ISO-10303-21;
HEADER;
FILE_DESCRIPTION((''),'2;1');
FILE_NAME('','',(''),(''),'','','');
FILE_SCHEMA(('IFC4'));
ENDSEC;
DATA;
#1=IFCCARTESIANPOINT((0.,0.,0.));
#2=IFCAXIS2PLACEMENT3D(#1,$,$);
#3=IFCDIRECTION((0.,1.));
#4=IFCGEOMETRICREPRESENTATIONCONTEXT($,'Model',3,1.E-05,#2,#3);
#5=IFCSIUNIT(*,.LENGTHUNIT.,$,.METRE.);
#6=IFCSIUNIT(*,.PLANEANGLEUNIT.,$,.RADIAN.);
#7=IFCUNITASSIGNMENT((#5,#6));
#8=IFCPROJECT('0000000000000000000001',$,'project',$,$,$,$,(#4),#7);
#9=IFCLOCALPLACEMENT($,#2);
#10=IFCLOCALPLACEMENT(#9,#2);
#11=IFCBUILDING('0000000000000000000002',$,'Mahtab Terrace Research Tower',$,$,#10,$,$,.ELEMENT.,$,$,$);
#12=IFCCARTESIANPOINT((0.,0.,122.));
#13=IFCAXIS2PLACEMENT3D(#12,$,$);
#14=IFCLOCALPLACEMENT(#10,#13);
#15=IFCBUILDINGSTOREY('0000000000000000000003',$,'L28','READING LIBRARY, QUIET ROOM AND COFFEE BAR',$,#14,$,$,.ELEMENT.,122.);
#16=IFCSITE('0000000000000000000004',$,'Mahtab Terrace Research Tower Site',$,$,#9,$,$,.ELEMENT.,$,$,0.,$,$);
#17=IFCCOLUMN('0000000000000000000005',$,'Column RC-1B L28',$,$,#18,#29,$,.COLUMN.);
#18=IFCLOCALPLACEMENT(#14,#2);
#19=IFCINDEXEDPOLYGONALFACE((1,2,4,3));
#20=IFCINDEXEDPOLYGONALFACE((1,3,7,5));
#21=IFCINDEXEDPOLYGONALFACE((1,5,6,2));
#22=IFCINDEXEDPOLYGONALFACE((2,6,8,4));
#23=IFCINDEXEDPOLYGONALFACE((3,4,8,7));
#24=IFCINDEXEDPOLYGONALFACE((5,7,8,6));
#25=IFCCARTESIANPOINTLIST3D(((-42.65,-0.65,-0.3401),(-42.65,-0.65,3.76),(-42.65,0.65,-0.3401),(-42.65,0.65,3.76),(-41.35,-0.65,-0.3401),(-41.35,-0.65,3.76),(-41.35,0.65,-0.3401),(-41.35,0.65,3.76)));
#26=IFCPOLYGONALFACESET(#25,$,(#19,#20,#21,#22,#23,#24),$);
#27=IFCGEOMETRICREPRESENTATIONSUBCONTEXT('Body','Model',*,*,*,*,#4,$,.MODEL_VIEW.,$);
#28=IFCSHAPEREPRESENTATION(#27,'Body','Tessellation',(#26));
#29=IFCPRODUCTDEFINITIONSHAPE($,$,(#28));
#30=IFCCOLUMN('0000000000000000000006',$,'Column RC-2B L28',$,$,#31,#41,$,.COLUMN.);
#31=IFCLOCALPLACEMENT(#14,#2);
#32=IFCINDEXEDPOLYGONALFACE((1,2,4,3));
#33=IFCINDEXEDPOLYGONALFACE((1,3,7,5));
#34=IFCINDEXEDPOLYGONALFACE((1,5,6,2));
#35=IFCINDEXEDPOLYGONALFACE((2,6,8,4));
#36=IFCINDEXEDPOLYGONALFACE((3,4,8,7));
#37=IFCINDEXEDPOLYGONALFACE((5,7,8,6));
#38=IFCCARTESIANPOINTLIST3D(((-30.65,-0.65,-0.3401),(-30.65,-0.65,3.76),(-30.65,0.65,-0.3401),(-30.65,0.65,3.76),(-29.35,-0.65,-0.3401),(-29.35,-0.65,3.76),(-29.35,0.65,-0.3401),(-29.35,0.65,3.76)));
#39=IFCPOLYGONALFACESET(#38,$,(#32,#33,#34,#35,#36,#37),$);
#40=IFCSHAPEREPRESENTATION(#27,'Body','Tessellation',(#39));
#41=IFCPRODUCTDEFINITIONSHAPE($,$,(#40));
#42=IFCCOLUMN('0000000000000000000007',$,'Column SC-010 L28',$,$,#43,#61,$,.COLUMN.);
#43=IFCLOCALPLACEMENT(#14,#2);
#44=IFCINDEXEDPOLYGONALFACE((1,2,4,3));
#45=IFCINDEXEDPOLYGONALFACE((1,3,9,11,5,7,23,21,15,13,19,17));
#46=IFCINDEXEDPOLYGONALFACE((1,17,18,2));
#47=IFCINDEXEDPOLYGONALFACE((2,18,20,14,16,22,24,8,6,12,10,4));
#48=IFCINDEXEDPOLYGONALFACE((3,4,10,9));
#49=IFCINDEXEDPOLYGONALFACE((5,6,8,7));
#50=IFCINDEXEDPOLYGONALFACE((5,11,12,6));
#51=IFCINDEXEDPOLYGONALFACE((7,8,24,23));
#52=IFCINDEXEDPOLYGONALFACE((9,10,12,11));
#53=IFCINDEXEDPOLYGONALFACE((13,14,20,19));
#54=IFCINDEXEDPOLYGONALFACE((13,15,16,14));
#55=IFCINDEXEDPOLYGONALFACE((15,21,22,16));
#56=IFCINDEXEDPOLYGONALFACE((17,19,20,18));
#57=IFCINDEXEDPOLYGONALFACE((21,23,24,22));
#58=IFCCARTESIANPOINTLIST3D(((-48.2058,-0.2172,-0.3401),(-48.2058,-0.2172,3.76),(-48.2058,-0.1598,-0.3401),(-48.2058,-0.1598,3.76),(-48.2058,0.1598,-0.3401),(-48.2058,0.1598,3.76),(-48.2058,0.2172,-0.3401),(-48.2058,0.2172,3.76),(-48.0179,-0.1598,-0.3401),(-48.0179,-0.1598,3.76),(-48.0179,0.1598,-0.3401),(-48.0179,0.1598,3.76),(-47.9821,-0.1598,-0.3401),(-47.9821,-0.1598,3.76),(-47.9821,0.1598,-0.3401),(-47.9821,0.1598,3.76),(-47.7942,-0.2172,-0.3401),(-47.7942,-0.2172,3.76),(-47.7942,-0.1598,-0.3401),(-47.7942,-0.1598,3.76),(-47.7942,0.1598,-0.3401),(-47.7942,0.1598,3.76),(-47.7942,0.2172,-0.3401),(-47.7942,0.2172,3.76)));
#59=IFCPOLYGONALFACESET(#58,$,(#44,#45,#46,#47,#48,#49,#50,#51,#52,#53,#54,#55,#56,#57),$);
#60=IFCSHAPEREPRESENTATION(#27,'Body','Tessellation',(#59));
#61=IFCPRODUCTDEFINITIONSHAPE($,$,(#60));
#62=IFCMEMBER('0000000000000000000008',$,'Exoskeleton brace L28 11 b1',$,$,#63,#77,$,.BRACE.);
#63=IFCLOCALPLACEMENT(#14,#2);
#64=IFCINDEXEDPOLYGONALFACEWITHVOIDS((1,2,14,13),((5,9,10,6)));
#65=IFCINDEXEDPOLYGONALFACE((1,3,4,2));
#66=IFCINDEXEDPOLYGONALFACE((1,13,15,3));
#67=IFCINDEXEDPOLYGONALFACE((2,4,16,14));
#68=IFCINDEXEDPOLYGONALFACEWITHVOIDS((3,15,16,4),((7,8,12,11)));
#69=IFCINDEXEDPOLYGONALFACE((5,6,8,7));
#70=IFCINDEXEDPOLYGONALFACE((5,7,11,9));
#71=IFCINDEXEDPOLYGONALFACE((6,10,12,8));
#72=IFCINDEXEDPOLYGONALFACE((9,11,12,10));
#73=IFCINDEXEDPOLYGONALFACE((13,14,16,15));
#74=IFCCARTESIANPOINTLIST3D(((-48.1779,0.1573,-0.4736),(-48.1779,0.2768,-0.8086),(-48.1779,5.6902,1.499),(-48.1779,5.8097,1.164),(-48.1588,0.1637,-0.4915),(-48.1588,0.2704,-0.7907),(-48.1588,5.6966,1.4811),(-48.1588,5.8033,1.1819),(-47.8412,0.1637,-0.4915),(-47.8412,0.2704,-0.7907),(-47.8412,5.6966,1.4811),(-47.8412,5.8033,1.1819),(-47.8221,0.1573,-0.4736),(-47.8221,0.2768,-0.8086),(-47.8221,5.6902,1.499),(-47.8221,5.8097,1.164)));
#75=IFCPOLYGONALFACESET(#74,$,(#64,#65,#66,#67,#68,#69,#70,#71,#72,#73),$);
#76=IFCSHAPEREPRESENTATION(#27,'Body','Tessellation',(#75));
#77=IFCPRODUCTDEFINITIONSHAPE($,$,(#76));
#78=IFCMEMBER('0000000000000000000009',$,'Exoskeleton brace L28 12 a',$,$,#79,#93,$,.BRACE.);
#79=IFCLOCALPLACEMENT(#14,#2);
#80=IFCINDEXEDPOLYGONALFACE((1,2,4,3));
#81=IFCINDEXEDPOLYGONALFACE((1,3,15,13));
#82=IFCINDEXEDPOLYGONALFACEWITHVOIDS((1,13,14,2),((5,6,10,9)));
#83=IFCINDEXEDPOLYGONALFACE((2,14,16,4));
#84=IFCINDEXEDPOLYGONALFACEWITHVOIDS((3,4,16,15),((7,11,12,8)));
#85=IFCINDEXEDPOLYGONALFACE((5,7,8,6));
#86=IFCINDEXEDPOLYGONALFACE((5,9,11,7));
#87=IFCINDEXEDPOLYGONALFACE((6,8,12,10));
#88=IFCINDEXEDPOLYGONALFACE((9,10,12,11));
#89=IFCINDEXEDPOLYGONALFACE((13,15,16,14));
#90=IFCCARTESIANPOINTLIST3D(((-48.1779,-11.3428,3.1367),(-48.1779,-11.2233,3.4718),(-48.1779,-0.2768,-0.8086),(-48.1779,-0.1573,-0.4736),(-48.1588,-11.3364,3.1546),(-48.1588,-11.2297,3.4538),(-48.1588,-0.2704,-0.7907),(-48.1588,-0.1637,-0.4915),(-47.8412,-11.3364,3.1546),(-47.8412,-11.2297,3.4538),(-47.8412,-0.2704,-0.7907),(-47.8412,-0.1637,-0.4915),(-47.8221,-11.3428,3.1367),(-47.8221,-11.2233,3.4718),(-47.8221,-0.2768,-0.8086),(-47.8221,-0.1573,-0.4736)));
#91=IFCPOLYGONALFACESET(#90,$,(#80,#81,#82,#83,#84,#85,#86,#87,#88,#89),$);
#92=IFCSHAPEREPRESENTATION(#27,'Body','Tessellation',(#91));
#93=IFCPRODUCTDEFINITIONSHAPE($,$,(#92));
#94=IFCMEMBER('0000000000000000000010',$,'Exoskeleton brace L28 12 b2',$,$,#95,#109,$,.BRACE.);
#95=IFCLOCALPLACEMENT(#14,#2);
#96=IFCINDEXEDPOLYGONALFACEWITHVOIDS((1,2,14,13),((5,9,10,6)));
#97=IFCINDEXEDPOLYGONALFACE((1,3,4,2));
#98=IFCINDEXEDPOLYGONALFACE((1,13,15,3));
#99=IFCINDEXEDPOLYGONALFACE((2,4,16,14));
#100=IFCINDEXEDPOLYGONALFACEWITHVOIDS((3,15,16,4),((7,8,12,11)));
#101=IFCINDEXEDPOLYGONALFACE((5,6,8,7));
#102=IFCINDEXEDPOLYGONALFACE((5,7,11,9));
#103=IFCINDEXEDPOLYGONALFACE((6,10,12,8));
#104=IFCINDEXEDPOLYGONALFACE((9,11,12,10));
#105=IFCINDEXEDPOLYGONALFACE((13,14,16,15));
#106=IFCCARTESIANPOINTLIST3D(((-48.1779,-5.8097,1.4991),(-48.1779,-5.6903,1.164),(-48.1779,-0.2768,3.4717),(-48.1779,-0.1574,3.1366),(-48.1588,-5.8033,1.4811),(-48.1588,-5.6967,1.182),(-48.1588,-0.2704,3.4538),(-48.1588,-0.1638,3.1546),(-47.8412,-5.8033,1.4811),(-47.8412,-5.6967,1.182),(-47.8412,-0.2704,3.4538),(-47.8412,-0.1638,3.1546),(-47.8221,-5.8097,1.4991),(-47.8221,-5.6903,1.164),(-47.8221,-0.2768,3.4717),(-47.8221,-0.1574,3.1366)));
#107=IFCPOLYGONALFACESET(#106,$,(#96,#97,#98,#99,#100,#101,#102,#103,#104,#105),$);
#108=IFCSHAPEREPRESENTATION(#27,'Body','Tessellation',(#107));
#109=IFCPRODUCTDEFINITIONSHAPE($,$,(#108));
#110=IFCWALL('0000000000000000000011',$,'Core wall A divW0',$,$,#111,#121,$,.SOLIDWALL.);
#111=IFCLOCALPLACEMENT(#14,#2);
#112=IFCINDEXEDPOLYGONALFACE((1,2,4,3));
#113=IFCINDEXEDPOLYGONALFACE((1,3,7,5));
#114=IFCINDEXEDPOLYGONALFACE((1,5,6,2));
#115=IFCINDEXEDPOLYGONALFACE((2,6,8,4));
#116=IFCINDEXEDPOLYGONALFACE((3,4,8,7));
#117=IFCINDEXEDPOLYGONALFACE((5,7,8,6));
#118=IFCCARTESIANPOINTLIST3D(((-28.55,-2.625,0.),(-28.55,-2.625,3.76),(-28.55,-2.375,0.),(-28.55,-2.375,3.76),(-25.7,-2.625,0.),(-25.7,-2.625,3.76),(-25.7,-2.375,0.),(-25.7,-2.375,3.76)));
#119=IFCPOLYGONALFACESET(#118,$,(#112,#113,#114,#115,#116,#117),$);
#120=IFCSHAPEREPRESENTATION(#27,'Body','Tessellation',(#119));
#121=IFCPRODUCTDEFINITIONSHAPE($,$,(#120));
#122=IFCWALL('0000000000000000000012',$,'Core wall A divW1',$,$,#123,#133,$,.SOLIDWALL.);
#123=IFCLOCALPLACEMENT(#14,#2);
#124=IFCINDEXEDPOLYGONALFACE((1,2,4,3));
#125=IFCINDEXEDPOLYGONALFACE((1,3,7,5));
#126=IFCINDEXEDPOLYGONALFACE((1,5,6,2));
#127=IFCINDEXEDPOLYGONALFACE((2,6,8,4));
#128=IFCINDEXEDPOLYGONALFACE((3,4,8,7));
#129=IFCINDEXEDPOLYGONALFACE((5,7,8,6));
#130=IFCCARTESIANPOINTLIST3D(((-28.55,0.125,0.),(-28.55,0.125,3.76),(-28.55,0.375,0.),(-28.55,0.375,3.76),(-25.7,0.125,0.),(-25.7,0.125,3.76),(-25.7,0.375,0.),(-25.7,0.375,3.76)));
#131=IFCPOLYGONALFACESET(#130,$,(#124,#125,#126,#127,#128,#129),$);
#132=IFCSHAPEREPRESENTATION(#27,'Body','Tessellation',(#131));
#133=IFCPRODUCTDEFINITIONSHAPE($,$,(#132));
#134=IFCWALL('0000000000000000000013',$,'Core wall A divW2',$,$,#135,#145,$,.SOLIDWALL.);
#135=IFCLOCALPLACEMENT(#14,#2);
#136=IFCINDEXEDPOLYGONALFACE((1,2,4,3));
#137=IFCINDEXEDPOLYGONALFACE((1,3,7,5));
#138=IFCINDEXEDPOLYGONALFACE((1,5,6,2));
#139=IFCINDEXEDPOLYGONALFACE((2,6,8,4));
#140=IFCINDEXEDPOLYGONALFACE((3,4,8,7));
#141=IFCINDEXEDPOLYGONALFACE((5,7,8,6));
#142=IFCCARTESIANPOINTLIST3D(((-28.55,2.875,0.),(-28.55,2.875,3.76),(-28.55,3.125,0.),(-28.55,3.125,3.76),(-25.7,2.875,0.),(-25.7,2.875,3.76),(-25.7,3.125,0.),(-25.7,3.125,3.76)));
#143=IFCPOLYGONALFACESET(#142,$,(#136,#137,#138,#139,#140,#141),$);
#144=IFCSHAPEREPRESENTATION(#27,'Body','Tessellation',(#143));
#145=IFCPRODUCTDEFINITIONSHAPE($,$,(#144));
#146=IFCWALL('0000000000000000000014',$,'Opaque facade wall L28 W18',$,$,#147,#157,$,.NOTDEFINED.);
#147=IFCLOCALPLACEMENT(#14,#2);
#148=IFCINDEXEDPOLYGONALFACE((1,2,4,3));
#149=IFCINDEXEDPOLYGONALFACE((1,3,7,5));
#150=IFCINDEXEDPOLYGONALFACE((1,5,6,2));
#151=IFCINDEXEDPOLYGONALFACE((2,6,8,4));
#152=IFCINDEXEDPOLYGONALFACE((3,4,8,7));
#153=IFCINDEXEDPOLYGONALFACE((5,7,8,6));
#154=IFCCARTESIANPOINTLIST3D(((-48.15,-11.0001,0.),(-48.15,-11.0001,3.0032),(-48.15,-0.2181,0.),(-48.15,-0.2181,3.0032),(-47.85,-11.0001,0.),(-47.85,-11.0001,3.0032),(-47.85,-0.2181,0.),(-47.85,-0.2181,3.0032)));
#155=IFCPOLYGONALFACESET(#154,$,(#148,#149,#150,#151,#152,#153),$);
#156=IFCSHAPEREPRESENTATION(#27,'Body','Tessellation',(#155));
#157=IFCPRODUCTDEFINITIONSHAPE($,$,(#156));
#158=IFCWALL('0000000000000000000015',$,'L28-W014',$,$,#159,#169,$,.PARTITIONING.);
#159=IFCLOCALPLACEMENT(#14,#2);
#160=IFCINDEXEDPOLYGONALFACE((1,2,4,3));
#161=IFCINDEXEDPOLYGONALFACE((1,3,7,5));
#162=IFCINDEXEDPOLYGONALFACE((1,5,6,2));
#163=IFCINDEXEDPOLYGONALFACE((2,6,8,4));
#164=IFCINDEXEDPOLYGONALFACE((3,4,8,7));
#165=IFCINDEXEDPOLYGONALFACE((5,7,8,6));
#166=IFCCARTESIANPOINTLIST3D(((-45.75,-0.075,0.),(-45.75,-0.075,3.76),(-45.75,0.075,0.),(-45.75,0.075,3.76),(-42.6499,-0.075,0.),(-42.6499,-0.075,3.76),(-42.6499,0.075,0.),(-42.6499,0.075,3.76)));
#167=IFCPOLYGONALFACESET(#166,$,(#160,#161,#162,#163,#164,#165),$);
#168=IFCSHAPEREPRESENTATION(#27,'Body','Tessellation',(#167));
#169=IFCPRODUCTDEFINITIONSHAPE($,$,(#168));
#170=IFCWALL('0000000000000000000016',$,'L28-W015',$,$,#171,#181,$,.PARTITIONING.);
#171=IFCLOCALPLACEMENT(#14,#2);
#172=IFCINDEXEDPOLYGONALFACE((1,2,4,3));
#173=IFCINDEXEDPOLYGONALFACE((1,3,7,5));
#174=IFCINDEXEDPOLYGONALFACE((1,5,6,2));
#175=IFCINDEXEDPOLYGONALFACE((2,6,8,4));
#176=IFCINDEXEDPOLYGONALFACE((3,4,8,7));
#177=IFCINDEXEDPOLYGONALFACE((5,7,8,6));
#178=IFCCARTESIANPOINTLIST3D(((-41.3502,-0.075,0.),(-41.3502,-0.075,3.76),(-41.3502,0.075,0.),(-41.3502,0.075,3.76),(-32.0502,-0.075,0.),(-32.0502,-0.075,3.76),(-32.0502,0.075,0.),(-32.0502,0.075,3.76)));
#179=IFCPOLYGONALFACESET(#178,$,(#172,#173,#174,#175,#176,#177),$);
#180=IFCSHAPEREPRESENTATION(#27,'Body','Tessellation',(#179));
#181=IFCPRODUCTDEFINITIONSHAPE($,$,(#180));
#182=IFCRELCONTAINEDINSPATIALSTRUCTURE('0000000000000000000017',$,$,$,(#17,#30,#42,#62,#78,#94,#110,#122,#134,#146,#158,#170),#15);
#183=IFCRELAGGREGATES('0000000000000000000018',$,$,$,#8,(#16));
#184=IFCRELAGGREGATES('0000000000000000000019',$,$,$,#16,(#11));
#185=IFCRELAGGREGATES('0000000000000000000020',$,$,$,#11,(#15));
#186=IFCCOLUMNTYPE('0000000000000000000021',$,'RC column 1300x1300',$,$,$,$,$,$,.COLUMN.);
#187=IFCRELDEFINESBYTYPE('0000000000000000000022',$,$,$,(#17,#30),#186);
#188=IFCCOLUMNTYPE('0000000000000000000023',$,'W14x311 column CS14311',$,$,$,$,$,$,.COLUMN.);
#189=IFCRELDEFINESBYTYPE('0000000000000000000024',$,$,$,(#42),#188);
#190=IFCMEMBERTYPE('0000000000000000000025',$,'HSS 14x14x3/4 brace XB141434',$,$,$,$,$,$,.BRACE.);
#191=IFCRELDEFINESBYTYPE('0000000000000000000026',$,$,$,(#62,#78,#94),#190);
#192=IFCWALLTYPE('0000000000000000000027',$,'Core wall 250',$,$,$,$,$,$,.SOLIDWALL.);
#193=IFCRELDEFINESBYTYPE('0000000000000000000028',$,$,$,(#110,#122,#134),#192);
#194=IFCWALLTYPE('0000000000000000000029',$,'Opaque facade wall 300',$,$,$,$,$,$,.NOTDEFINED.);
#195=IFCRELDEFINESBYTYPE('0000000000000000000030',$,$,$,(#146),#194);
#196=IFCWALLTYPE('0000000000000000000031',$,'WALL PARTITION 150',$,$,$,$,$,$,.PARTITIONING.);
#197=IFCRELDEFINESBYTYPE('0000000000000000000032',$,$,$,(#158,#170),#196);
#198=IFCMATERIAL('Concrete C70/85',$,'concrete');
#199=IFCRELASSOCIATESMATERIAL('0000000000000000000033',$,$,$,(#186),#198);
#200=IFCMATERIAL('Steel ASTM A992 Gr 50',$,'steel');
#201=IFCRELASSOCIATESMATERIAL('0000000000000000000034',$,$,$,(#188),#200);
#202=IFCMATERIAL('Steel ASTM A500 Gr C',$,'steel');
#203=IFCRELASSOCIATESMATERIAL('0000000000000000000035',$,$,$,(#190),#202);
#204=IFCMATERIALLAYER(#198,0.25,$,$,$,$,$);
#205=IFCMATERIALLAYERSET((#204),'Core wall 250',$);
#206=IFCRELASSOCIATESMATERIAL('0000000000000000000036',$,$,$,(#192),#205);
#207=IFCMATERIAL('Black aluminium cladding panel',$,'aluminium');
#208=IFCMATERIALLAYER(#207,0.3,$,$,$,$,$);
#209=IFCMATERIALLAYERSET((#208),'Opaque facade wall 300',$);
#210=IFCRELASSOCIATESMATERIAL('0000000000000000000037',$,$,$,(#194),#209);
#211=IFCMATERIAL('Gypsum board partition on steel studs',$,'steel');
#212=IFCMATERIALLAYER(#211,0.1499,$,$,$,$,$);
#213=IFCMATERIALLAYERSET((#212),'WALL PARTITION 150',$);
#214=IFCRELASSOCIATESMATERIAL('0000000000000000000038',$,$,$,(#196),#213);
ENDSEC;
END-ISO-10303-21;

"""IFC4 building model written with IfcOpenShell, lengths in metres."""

from ifc_helpers import new_model, si_unit, direction, frame, frame_2d, origin, origin_2d, place, context, subcontext, project, spatial, rectangle, hollow_rectangle, i_section, extrude, material, layer, layer_set, material_profile, profile_set, type_object, element, save


model = new_model("IFC4")

# Units and contexts
model_context = context("Model", 3, precision=1e-05, world=origin(), true_north=direction((0.0, 1.0)))
body_context = subcontext(model_context, "Body", "Model", "MODEL_VIEW")
ifc_project = project(units=[si_unit("LENGTHUNIT", "METRE"), si_unit("PLANEANGLEUNIT", "RADIAN")], contexts=[model_context])

# Site, building, storey
site_placement = place(None, origin())
site = spatial("IfcSite", under=ifc_project, at=site_placement, Name="Mahtab Terrace Research Tower Site", CompositionType="ELEMENT", RefElevation=0.0)
building_placement = place(site_placement, origin())
building = spatial("IfcBuilding", under=site, at=building_placement, Name="Mahtab Terrace Research Tower", CompositionType="ELEMENT")
storey_placement = place(building_placement, frame((0.0, 0.0, 122.0)))
storey = spatial("IfcBuildingStorey", under=building, at=storey_placement, Name="L28", Description="READING LIBRARY, QUIET ROOM AND COFFEE BAR", CompositionType="ELEMENT", Elevation=122.0)

# Columns
ifc_material_1 = material(Name="Concrete C70/85", Category="concrete")
ifc_material_profile_1 = material_profile(ifc_material_1, rectangle(XDim=1.3, YDim=1.3, at=origin_2d()), Name="RC column 1300x1300")
ifc_profile_set_1 = profile_set([ifc_material_profile_1], Name="Concrete C70/85")
column_type_1 = type_object("IfcColumnType", Name="RC column 1300x1300", PredefinedType="COLUMN", material=ifc_profile_set_1)
for number, where, z_axis, x_axis, name in (
    (1, (-42.0, 0.0, -0.3401), (0.0, 0.0, 1.0), (1.0, 0.0, 0.0), "Column RC-1B L28"),
    (2, (-30.0, 0.0, -0.3401), (0.0, 0.0, 1.0), (1.0, 0.0, 0.0), "Column RC-2B L28"),
):
    element("IfcColumn", number, at=place(storey_placement, frame(where, z_axis=z_axis, x_axis=x_axis)), inside=storey, type_object=column_type_1, Name=name, PredefinedType="COLUMN", context=body_context, shape_type="SweptSolid", body=[
        extrude(rectangle(XDim=1.3, YDim=1.3, at=origin_2d()), origin(), (0.0, 0.0, 1.0), 4.1001),
    ])
ifc_material_2 = material(Name="Steel ASTM A992 Gr 50", Category="steel")
ifc_material_profile_2 = material_profile(ifc_material_2, i_section(OverallWidth=0.4116, OverallDepth=0.4343, WebThickness=0.0359, FlangeThickness=0.0574, at=origin_2d()), Name="W14X311")
ifc_profile_set_2 = profile_set([ifc_material_profile_2], Name="Steel ASTM A992 Gr 50")
column_type_2 = type_object("IfcColumnType", Name="W14x311 column CS14311", PredefinedType="COLUMN", material=ifc_profile_set_2)
column_placement = place(storey_placement, frame((-48.0, 0.0, -0.3401), z_axis=(0.0, 0.0, 1.0), x_axis=(1.0, 0.0, 0.0)))
element("IfcColumn", 3, at=column_placement, inside=storey, type_object=column_type_2, Name="Column SC-010 L28", PredefinedType="COLUMN", context=body_context, shape_type="SweptSolid", body=[
    extrude(i_section(OverallWidth=0.4116, OverallDepth=0.4343, WebThickness=0.0359, FlangeThickness=0.0574, at=origin_2d()), origin(), (0.0, 0.0, 1.0), 4.1001),
])

# Members
ifc_material_3 = material(Name="Steel ASTM A500 Gr C", Category="steel")
ifc_material_profile_3 = material_profile(ifc_material_3, hollow_rectangle(XDim=0.3557, YDim=0.3557, WallThickness=0.019, at=origin_2d()), Name="HSS14X14X3/4")
ifc_profile_set_3 = profile_set([ifc_material_profile_3], Name="Steel ASTM A500 Gr C")
member_type = type_object("IfcMemberType", Name="HSS 14x14x3/4 brace XB141434", PredefinedType="BRACE", material=ifc_profile_set_3)
member_1_placement = place(storey_placement, frame((-48.0, 0.217, -0.6411), z_axis=(0.0, 0.941925, 0.335823), x_axis=(-1.0, 0.0, 0.0)))
element("IfcMember", 4, at=member_1_placement, inside=storey, type_object=member_type, Name="Exoskeleton brace L28 11 b1", PredefinedType="BRACE", context=body_context, shape_type="SweptSolid", body=[
    extrude(hollow_rectangle(XDim=0.3557, YDim=0.3557, WallThickness=0.019, at=origin_2d()), origin(), (0.0, 0.0, 1.0), 5.874),
])
member_2_placement = place(storey_placement, frame((-48.0, -0.217, -0.6411), z_axis=(0.0, -0.941925, 0.335823), x_axis=(1.0, 0.0, 0.0)))
element("IfcMember", 5, at=member_2_placement, inside=storey, type_object=member_type, Name="Exoskeleton brace L28 12 a", PredefinedType="BRACE", context=body_context, shape_type="SweptSolid", body=[
    extrude(hollow_rectangle(XDim=0.3557, YDim=0.3557, WallThickness=0.019, at=origin_2d()), origin(), (0.0, 0.0, 1.0), 11.7483),
])
member_3_placement = place(storey_placement, frame((-48.0, -5.75, 1.3315), z_axis=(0.0, 0.941925, 0.335823), x_axis=(-1.0, 0.0, 0.0)))
element("IfcMember", 6, at=member_3_placement, inside=storey, type_object=member_type, Name="Exoskeleton brace L28 12 b2", PredefinedType="BRACE", context=body_context, shape_type="SweptSolid", body=[
    extrude(hollow_rectangle(XDim=0.3557, YDim=0.3557, WallThickness=0.019, at=origin_2d()), origin(), (0.0, 0.0, 1.0), 5.874),
])

# Walls
ifc_layer_1 = layer(ifc_material_1, 0.25)
ifc_layer_set_1 = layer_set([ifc_layer_1], Name="Core wall 250")
wall_type_1 = type_object("IfcWallType", Name="Core wall 250", PredefinedType="SOLIDWALL", material=ifc_layer_set_1)
for number, where, z_axis, x_axis, name in (
    (7, (-28.55, -2.5, 0.0), (0.0, 0.0, 1.0), (1.0, 0.0, 0.0), "Core wall A divW0"),
    (8, (-28.55, 0.25, 0.0), (0.0, 0.0, 1.0), (1.0, 0.0, 0.0), "Core wall A divW1"),
    (9, (-28.55, 3.0, 0.0), (0.0, 0.0, 1.0), (1.0, 0.0, 0.0), "Core wall A divW2"),
):
    element("IfcWall", number, at=place(storey_placement, frame(where, z_axis=z_axis, x_axis=x_axis)), inside=storey, type_object=wall_type_1, Name=name, PredefinedType="SOLIDWALL", context=body_context, shape_type="SweptSolid", body=[
        extrude(rectangle(XDim=2.8501, YDim=0.25, at=frame_2d((1.425, 0.0))), origin(), (0.0, 0.0, 1.0), 3.76),
    ])
ifc_material_4 = material(Name="Black aluminium cladding panel", Category="aluminium")
ifc_layer_2 = layer(ifc_material_4, 0.3)
ifc_layer_set_2 = layer_set([ifc_layer_2], Name="Opaque facade wall 300")
wall_type_2 = type_object("IfcWallType", Name="Opaque facade wall 300", PredefinedType="NOTDEFINED", material=ifc_layer_set_2)
wall_1_placement = place(storey_placement, frame((-48.0, -0.218, 0.0), z_axis=(0.0, 0.0, 1.0), x_axis=(0.0, -1.0, 0.0)))
element("IfcWall", 10, at=wall_1_placement, inside=storey, type_object=wall_type_2, Name="Opaque facade wall L28 W18", PredefinedType="NOTDEFINED", context=body_context, shape_type="SweptSolid", body=[
    extrude(rectangle(XDim=10.782, YDim=0.3, at=frame_2d((5.3911, 0.0))), origin(), (0.0, 0.0, 1.0), 3.0032),
])
ifc_material_5 = material(Name="Gypsum board partition on steel studs", Category="steel")
ifc_layer_3 = layer(ifc_material_5, 0.1499)
ifc_layer_set_3 = layer_set([ifc_layer_3], Name="WALL PARTITION 150")
wall_type_3 = type_object("IfcWallType", Name="WALL PARTITION 150", PredefinedType="PARTITIONING", material=ifc_layer_set_3)
wall_2_placement = place(storey_placement, frame((-45.75, 0.0, 0.0), z_axis=(0.0, 0.0, 1.0), x_axis=(1.0, 0.0, 0.0)))
element("IfcWall", 11, at=wall_2_placement, inside=storey, type_object=wall_type_3, Name="L28-W014", PredefinedType="PARTITIONING", context=body_context, shape_type="SweptSolid", body=[
    extrude(rectangle(XDim=3.1001, YDim=0.1499, at=frame_2d((1.55, 0.0))), origin(), (0.0, 0.0, 1.0), 3.76),
])
wall_3_placement = place(storey_placement, frame((-41.3501, 0.0, 0.0), z_axis=(0.0, 0.0, 1.0), x_axis=(1.0, 0.0, 0.0)))
element("IfcWall", 12, at=wall_3_placement, inside=storey, type_object=wall_type_3, Name="L28-W015", PredefinedType="PARTITIONING", context=body_context, shape_type="SweptSolid", body=[
    extrude(rectangle(XDim=9.3, YDim=0.1499, at=frame_2d((4.6499, 0.0))), origin(), (0.0, 0.0, 1.0), 3.76),
])

save(model, "model.ifc")
